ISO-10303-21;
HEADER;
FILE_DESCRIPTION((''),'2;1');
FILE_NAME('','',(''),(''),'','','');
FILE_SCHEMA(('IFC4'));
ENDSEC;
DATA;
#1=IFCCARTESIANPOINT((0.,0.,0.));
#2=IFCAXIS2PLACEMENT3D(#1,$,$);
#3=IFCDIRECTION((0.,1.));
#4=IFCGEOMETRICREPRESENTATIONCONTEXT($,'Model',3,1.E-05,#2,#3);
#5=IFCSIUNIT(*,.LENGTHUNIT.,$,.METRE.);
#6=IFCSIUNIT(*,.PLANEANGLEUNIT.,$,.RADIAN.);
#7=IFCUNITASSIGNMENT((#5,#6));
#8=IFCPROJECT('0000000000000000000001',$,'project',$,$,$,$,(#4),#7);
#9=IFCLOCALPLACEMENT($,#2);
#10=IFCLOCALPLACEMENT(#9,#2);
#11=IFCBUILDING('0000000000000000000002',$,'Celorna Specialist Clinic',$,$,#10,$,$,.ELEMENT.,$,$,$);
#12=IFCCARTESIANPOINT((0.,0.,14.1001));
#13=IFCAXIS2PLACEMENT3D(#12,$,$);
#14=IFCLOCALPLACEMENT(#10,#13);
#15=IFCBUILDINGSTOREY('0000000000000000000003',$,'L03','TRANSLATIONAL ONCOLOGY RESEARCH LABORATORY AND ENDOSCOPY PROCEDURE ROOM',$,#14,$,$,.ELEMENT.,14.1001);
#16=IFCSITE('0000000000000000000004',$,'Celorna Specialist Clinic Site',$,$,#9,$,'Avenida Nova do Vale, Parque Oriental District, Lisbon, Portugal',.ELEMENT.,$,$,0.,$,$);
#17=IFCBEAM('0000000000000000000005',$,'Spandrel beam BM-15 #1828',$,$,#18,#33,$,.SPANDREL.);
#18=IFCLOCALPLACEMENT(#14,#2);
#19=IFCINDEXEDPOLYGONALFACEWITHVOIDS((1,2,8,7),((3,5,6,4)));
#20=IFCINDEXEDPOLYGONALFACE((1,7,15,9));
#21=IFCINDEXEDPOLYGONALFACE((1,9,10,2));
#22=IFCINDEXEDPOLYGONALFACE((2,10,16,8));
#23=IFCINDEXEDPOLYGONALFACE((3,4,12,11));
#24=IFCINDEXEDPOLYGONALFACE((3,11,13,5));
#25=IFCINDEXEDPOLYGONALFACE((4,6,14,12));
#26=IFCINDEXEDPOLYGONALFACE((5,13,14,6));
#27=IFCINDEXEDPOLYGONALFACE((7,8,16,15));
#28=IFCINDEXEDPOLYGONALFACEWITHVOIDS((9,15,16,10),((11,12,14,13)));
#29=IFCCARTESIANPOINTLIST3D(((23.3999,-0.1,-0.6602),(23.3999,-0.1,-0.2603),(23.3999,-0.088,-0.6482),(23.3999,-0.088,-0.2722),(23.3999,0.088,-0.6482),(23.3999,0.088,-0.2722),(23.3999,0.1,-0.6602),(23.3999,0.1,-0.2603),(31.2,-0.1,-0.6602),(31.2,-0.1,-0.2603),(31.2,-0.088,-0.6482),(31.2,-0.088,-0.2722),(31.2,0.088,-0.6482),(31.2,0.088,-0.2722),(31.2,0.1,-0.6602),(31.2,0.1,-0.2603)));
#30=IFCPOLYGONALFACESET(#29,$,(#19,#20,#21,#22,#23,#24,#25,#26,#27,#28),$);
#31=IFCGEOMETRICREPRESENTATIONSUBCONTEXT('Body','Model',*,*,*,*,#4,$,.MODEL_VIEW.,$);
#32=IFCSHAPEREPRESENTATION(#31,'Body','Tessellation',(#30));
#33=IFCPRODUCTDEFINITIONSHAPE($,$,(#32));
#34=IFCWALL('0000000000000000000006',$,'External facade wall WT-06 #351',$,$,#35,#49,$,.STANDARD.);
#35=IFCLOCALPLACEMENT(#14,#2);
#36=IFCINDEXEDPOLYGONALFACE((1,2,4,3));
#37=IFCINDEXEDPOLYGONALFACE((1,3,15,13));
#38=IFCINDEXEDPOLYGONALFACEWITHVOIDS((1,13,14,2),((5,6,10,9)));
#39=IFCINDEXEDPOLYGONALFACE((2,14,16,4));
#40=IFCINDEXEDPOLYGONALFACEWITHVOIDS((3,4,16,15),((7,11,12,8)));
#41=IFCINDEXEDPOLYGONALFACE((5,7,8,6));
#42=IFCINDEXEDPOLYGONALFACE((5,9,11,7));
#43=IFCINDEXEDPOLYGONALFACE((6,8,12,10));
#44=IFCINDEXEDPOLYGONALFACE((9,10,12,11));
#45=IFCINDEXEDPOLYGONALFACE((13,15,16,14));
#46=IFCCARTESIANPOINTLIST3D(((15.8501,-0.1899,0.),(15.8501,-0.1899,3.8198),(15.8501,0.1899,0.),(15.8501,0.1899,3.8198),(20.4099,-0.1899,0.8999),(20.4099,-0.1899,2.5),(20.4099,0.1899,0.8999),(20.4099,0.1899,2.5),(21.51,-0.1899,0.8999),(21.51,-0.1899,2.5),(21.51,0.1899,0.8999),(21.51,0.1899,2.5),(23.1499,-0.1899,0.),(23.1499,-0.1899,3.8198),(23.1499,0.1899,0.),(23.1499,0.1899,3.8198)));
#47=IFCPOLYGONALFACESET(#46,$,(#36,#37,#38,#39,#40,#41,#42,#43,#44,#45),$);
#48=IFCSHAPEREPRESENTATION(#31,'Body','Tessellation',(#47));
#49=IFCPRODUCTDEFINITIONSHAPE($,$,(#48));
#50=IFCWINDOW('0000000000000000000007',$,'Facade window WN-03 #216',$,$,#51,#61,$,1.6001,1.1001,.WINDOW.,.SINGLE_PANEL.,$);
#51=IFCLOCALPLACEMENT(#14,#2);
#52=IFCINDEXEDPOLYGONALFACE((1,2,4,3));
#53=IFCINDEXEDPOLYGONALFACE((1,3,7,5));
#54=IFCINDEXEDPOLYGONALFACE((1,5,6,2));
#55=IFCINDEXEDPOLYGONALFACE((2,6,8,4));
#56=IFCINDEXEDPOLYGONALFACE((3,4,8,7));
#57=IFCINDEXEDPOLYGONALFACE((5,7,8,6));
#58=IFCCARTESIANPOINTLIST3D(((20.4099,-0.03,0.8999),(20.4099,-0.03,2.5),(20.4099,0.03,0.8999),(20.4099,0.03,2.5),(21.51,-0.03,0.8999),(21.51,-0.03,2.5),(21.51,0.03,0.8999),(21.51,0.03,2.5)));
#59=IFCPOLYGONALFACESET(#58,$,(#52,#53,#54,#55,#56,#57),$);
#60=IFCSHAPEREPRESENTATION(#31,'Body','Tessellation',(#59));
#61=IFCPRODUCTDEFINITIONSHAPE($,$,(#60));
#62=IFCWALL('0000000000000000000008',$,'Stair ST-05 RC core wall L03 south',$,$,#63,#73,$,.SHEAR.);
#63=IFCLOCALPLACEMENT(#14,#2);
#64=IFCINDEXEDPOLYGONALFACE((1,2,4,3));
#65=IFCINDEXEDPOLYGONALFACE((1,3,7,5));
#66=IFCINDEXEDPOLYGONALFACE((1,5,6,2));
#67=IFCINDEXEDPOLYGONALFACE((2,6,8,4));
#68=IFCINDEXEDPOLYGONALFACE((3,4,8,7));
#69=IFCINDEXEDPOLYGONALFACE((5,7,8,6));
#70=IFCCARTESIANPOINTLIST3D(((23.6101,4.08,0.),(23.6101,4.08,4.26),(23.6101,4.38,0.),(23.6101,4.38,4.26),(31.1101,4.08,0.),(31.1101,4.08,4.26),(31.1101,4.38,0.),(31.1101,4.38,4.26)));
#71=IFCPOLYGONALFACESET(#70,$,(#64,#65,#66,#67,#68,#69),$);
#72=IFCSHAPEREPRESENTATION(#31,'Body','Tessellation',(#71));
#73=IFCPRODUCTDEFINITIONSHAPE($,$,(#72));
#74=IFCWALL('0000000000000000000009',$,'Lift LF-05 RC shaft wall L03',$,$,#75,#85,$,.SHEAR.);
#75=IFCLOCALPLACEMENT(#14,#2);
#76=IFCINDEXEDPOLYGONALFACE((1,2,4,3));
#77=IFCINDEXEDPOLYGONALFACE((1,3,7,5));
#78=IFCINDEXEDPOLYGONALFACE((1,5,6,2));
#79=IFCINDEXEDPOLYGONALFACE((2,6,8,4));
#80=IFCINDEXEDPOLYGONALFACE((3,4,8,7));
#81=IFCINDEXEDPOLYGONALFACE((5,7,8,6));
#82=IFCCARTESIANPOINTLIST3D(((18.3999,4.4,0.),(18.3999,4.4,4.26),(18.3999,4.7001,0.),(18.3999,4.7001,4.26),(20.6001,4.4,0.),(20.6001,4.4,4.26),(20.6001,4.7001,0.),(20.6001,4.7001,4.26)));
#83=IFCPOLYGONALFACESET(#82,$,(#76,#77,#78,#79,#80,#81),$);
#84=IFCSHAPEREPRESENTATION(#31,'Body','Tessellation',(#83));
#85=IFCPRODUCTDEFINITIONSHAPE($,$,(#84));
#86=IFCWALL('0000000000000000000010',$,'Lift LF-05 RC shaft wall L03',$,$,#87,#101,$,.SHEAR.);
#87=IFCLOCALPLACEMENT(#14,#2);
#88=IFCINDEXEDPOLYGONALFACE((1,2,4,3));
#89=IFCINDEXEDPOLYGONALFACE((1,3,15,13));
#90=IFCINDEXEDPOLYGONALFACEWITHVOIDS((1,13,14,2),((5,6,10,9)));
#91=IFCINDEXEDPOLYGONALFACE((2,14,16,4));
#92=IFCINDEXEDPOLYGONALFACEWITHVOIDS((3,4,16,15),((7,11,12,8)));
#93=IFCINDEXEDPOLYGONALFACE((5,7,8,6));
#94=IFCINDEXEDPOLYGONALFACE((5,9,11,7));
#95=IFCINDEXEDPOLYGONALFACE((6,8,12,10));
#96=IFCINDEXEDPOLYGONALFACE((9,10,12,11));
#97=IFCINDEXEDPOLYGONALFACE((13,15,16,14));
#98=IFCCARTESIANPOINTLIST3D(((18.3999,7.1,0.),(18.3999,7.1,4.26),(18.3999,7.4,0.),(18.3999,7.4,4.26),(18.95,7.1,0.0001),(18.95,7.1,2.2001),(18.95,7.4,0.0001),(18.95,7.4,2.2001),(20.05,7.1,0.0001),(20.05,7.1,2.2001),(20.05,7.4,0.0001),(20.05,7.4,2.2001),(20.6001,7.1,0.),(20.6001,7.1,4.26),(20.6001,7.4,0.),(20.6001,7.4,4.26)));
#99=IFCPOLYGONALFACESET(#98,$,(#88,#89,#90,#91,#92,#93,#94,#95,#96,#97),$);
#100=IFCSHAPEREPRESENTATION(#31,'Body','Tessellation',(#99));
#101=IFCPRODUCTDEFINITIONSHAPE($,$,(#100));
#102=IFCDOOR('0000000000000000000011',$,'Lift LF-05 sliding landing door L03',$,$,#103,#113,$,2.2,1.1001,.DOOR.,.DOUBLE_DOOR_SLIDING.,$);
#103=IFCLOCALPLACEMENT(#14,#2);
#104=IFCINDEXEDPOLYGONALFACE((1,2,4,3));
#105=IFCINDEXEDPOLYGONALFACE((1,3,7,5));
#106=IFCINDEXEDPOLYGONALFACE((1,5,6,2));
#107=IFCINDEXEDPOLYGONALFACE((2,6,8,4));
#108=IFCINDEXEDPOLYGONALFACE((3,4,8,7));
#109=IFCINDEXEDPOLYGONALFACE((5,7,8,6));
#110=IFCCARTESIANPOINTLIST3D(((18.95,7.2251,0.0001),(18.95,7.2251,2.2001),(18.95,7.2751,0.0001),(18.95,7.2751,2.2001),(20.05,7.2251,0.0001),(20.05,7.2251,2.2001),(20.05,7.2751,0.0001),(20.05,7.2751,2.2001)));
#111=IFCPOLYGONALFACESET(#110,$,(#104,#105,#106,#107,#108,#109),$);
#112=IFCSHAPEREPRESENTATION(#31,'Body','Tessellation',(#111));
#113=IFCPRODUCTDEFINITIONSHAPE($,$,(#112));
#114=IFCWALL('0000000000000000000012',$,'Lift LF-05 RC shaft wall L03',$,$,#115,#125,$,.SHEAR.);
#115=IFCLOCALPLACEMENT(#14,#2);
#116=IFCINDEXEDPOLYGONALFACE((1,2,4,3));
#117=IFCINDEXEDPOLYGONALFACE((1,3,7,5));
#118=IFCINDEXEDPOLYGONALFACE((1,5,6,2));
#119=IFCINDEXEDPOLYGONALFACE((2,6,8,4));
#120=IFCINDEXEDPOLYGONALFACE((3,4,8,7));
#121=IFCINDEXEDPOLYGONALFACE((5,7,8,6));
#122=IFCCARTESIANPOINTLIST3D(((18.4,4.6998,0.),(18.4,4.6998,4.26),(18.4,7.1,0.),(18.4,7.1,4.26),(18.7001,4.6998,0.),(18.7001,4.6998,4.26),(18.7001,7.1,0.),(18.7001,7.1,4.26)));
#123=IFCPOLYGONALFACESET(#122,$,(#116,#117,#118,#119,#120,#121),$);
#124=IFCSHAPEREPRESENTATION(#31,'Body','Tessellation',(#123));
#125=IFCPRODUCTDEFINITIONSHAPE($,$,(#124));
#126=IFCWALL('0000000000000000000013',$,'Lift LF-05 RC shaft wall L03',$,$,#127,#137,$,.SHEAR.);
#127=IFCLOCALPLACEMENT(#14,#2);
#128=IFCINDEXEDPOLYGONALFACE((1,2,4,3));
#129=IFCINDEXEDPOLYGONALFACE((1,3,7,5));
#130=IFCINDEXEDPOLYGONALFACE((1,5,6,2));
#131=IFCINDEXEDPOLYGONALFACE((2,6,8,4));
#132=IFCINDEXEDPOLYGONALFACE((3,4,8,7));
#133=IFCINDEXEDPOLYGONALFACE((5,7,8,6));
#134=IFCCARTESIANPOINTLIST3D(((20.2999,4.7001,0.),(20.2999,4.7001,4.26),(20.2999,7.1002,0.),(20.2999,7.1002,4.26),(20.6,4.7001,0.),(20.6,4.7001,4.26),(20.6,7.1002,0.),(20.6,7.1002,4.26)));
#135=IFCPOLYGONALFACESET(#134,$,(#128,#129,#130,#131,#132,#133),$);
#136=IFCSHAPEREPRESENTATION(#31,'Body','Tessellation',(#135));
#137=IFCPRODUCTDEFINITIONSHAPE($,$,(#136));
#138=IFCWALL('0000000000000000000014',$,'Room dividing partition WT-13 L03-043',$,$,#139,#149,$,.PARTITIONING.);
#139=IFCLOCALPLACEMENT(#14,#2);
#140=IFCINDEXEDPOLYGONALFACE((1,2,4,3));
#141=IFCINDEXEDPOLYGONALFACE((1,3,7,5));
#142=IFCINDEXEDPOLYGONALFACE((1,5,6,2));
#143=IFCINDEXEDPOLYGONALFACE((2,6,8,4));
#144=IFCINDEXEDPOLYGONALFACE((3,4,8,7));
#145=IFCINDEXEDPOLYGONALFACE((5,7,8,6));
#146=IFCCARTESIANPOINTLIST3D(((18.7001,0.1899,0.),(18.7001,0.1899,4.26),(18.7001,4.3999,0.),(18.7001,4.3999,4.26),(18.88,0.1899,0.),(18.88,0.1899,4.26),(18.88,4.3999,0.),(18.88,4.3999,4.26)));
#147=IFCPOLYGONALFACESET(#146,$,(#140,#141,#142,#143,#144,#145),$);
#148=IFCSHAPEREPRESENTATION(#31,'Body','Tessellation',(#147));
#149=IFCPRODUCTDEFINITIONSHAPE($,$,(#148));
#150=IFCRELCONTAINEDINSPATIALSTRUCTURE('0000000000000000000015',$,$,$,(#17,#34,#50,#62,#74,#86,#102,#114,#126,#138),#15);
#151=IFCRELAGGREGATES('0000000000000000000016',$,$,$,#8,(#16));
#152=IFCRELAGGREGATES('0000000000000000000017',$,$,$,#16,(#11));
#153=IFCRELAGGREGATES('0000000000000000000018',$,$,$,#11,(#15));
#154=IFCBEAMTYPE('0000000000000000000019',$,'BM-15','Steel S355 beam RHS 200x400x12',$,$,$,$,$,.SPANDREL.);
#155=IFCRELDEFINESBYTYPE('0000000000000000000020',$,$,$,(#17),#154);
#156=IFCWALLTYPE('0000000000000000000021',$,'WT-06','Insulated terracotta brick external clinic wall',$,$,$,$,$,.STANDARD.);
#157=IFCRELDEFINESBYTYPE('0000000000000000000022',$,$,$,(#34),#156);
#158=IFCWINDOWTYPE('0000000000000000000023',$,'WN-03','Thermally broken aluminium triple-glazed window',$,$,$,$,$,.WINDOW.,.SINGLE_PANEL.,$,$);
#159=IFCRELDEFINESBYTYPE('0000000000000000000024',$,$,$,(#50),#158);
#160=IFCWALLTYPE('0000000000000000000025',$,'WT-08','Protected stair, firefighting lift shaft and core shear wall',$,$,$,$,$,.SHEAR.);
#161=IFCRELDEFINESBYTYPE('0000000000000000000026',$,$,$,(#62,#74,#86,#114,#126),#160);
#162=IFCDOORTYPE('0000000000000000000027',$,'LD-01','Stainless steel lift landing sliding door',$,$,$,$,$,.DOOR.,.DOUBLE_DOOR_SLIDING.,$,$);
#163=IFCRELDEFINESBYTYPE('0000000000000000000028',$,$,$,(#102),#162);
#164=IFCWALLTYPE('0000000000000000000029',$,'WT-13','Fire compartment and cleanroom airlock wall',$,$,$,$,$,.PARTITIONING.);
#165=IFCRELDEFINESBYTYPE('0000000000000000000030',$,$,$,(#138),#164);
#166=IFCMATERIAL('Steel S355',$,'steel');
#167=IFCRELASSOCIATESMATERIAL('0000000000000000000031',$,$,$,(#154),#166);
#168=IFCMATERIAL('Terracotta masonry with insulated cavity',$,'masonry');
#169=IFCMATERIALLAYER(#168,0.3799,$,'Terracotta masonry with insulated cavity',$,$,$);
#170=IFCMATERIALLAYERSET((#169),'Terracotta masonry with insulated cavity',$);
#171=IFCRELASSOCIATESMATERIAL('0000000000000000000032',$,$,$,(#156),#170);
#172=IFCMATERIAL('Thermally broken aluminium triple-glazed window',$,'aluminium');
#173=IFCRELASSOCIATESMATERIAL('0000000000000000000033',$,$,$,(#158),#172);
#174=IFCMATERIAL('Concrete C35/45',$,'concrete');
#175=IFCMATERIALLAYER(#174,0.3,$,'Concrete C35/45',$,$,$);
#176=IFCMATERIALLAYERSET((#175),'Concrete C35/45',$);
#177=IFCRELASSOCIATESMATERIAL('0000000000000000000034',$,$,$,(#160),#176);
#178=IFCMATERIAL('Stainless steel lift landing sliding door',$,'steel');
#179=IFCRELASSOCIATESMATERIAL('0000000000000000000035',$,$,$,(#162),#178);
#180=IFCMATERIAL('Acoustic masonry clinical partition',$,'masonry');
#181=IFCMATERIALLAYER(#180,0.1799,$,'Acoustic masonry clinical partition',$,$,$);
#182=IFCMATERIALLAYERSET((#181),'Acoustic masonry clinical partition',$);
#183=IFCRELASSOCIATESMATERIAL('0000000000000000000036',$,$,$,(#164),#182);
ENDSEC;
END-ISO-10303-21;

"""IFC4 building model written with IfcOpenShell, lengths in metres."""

from ifc_helpers import new_model, si_unit, direction, frame, frame_2d, origin, origin_2d, place, context, subcontext, project, spatial, rectangle, hollow_rectangle, extrude, material, layer, layer_set, material_profile, profile_set, type_object, element, fill, save


model = new_model("IFC4")

# Units and contexts
model_context = context("Model", 3, precision=1e-05, world=origin(), true_north=direction((0.0, 1.0)))
body_context = subcontext(model_context, "Body", "Model", "MODEL_VIEW")
ifc_project = project(units=[si_unit("LENGTHUNIT", "METRE"), si_unit("PLANEANGLEUNIT", "RADIAN")], contexts=[model_context])

# Site, building, storey
site_placement = place(None, origin())
site = spatial("IfcSite", under=ifc_project, at=site_placement, Name="Celorna Specialist Clinic Site", LongName="Avenida Nova do Vale, Parque Oriental District, Lisbon, Portugal", CompositionType="ELEMENT", RefElevation=0.0)
building_placement = place(site_placement, origin())
building = spatial("IfcBuilding", under=site, at=building_placement, Name="Celorna Specialist Clinic", CompositionType="ELEMENT")
storey_placement = place(building_placement, frame((0.0, 0.0, 14.1001)))
storey = spatial("IfcBuildingStorey", under=building, at=storey_placement, Name="L03", Description="TRANSLATIONAL ONCOLOGY RESEARCH LABORATORY AND ENDOSCOPY PROCEDURE ROOM", CompositionType="ELEMENT", Elevation=14.1001)

# Shared definitions
ifc_material_1 = material(Name="Concrete C35/45", Category="concrete")

# Beam
ifc_material_2 = material(Name="Steel S355", Category="steel")
ifc_material_profile_1 = material_profile(ifc_material_2, hollow_rectangle(XDim=0.2, YDim=0.3999, WallThickness=0.012, at=origin_2d()), Name="RHS 200x400x12")
ifc_profile_set_1 = profile_set([ifc_material_profile_1], Name="Steel S355")
beam_type_1 = type_object("IfcBeamType", Name="BM-15", Description="Steel S355 beam RHS 200x400x12", PredefinedType="SPANDREL", material=ifc_profile_set_1)
beam_1_placement = place(storey_placement, frame((23.3999, 0.0, -0.4602), z_axis=(1.0, 0.0, 0.0), x_axis=(0.0, 1.0, 0.0)))
element("IfcBeam", 1, at=beam_1_placement, inside=storey, type_object=beam_type_1, Name="Spandrel beam BM-15 #1828", PredefinedType="SPANDREL", context=body_context, shape_type="SweptSolid", body=[
    extrude(hollow_rectangle(XDim=0.2, YDim=0.3999, WallThickness=0.012, at=origin_2d()), origin(), (0.0, 0.0, 1.0), 7.8),
])

# Wall, opening, window
ifc_material_3 = material(Name="Terracotta masonry with insulated cavity", Category="masonry")
ifc_layer_1 = layer(ifc_material_3, 0.3799, Name="Terracotta masonry with insulated cavity")
ifc_layer_set_1 = layer_set([ifc_layer_1], Name="Terracotta masonry with insulated cavity")
wall_type_1 = type_object("IfcWallType", Name="WT-06", Description="Insulated terracotta brick external clinic wall", PredefinedType="STANDARD", material=ifc_layer_set_1)
wall_1_placement = place(storey_placement, frame((23.1499, 0.0, 0.0), z_axis=(0.0, 0.0, 1.0), x_axis=(-1.0, 0.0, 0.0)))
wall_1 = element("IfcWall", 2, at=wall_1_placement, inside=storey, type_object=wall_type_1, Name="External facade wall WT-06 #351", PredefinedType="STANDARD", context=body_context, shape_type="SweptSolid", body=[
    extrude(rectangle(XDim=7.2998, YDim=0.3799, at=frame_2d((3.6499, 0.0))), origin(), (0.0, 0.0, 1.0), 3.8198),
])
opening_1_placement = place(wall_1_placement, frame((1.6399, 0.0, 0.8999)))
opening_1 = element("IfcOpeningElement", 3, at=opening_1_placement, cuts=wall_1, PredefinedType="OPENING", context=body_context, shape_type="SweptSolid", body=[
    extrude(rectangle(XDim=1.1001, YDim=1.6001, at=frame_2d((0.55, 0.8))), frame((0.0, 0.2, 0.0), z_axis=(0.0, -1.0, 0.0), x_axis=(1.0, 0.0, 0.0)), (0.0, 0.0, 1.0), 0.3999),
])
ifc_material_4 = material(Name="Thermally broken aluminium triple-glazed window", Category="aluminium")
window_type = type_object("IfcWindowType", Name="WN-03", Description="Thermally broken aluminium triple-glazed window", PartitioningType="SINGLE_PANEL", PredefinedType="WINDOW", material=ifc_material_4)
window_placement = place(opening_1_placement, origin())
window = element("IfcWindow", 4, at=window_placement, inside=storey, type_object=window_type, Name="Facade window WN-03 #216", OverallHeight=1.6001, OverallWidth=1.1001, PartitioningType="SINGLE_PANEL", PredefinedType="WINDOW", context=body_context, shape_type="SweptSolid", body=[
    extrude(rectangle(XDim=1.1001, YDim=1.6001, at=frame_2d((0.55, 0.8))), frame((0.0, 0.03, 0.0), z_axis=(0.0, -1.0, 0.0), x_axis=(1.0, 0.0, 0.0)), (0.0, 0.0, 1.0), 0.0601),
])
fill(opening_1, window)

# Walls
ifc_layer_2 = layer(ifc_material_1, 0.3, Name="Concrete C35/45")
ifc_layer_set_2 = layer_set([ifc_layer_2], Name="Concrete C35/45")
wall_type_2 = type_object("IfcWallType", Name="WT-08", Description="Protected stair, firefighting lift shaft and core shear wall", PredefinedType="SHEAR", material=ifc_layer_set_2)
wall_2_placement = place(storey_placement, frame((23.6101, 4.23, 0.0), z_axis=(0.0, 0.0, 1.0), x_axis=(1.0, 0.0, 0.0)))
element("IfcWall", 5, at=wall_2_placement, inside=storey, type_object=wall_type_2, Name="Stair ST-05 RC core wall L03 south", PredefinedType="SHEAR", context=body_context, shape_type="SweptSolid", body=[
    extrude(rectangle(XDim=7.5, YDim=0.3, at=frame_2d((3.75, 0.0))), origin(), (0.0, 0.0, 1.0), 4.26),
])
wall_3_placement = place(storey_placement, frame((18.3999, 4.55, 0.0), z_axis=(0.0, 0.0, 1.0), x_axis=(1.0, 0.0, 0.0)))
element("IfcWall", 6, at=wall_3_placement, inside=storey, type_object=wall_type_2, Name="Lift LF-05 RC shaft wall L03", PredefinedType="SHEAR", context=body_context, shape_type="SweptSolid", body=[
    extrude(rectangle(XDim=2.2002, YDim=0.3, at=frame_2d((1.1001, 0.0))), origin(), (0.0, 0.0, 1.0), 4.26),
])

# Wall, opening, door
wall_4_placement = place(storey_placement, frame((20.6001, 7.25, 0.0), z_axis=(0.0, 0.0, 1.0), x_axis=(-1.0, 0.0, 0.0)))
wall_4 = element("IfcWall", 7, at=wall_4_placement, inside=storey, type_object=wall_type_2, Name="Lift LF-05 RC shaft wall L03", PredefinedType="SHEAR", context=body_context, shape_type="SweptSolid", body=[
    extrude(rectangle(XDim=2.2002, YDim=0.3, at=frame_2d((1.1001, 0.0))), origin(), (0.0, 0.0, 1.0), 4.26),
])
opening_2_placement = place(wall_4_placement, frame((0.55, 0.0, 0.0)))
opening_2 = element("IfcOpeningElement", 8, at=opening_2_placement, cuts=wall_4, PredefinedType="OPENING", context=body_context, shape_type="SweptSolid", body=[
    extrude(rectangle(XDim=1.1001, YDim=2.2, at=frame_2d((0.55, 1.1001))), frame((0.0, 0.1599, 0.0), z_axis=(0.0, -1.0, 0.0), x_axis=(1.0, 0.0, 0.0)), (0.0, 0.0, 1.0), 0.3201),
])
ifc_material_5 = material(Name="Stainless steel lift landing sliding door", Category="steel")
door_type = type_object("IfcDoorType", Name="LD-01", Description="Stainless steel lift landing sliding door", OperationType="DOUBLE_DOOR_SLIDING", PredefinedType="DOOR", material=ifc_material_5)
door_placement = place(opening_2_placement, origin())
door = element("IfcDoor", 9, at=door_placement, inside=storey, type_object=door_type, Name="Lift LF-05 sliding landing door L03", OperationType="DOUBLE_DOOR_SLIDING", OverallHeight=2.2, OverallWidth=1.1001, PredefinedType="DOOR", context=body_context, shape_type="SweptSolid", body=[
    extrude(rectangle(XDim=1.1001, YDim=2.2, at=frame_2d((0.55, 1.1001))), frame((0.0, 0.0249, 0.0), z_axis=(0.0, -1.0, 0.0), x_axis=(1.0, 0.0, 0.0)), (0.0, 0.0, 1.0), 0.05),
])
fill(opening_2, door)

# Walls
for number, where, z_axis, x_axis, name in (
    (10, (18.55, 7.1001, 0.0), (0.0, 0.0, 1.0), (0.0, -1.0, 0.0), "Lift LF-05 RC shaft wall L03"),
    (11, (20.45, 4.7, 0.0), (0.0, 0.0, 1.0), (0.0, 1.0, 0.0), "Lift LF-05 RC shaft wall L03"),
):
    element("IfcWall", number, at=place(storey_placement, frame(where, z_axis=z_axis, x_axis=x_axis)), inside=storey, type_object=wall_type_2, Name=name, PredefinedType="SHEAR", context=body_context, shape_type="SweptSolid", body=[
        extrude(rectangle(XDim=2.4001, YDim=0.3, at=frame_2d((1.2002, 0.0))), origin(), (0.0, 0.0, 1.0), 4.26),
    ])
ifc_material_6 = material(Name="Acoustic masonry clinical partition", Category="masonry")
ifc_layer_3 = layer(ifc_material_6, 0.1799, Name="Acoustic masonry clinical partition")
ifc_layer_set_3 = layer_set([ifc_layer_3], Name="Acoustic masonry clinical partition")
wall_type_3 = type_object("IfcWallType", Name="WT-13", Description="Fire compartment and cleanroom airlock wall", PredefinedType="PARTITIONING", material=ifc_layer_set_3)
wall_5_placement = place(storey_placement, frame((18.79, 0.1899, 0.0), z_axis=(0.0, 0.0, 1.0), x_axis=(0.0, 1.0, 0.0)))
element("IfcWall", 12, at=wall_5_placement, inside=storey, type_object=wall_type_3, Name="Room dividing partition WT-13 L03-043", PredefinedType="PARTITIONING", context=body_context, shape_type="SweptSolid", body=[
    extrude(rectangle(XDim=4.21, YDim=0.1799, at=frame_2d((2.105, 0.0))), origin(), (0.0, 0.0, 1.0), 4.26),
])

save(model, "model.ifc")
